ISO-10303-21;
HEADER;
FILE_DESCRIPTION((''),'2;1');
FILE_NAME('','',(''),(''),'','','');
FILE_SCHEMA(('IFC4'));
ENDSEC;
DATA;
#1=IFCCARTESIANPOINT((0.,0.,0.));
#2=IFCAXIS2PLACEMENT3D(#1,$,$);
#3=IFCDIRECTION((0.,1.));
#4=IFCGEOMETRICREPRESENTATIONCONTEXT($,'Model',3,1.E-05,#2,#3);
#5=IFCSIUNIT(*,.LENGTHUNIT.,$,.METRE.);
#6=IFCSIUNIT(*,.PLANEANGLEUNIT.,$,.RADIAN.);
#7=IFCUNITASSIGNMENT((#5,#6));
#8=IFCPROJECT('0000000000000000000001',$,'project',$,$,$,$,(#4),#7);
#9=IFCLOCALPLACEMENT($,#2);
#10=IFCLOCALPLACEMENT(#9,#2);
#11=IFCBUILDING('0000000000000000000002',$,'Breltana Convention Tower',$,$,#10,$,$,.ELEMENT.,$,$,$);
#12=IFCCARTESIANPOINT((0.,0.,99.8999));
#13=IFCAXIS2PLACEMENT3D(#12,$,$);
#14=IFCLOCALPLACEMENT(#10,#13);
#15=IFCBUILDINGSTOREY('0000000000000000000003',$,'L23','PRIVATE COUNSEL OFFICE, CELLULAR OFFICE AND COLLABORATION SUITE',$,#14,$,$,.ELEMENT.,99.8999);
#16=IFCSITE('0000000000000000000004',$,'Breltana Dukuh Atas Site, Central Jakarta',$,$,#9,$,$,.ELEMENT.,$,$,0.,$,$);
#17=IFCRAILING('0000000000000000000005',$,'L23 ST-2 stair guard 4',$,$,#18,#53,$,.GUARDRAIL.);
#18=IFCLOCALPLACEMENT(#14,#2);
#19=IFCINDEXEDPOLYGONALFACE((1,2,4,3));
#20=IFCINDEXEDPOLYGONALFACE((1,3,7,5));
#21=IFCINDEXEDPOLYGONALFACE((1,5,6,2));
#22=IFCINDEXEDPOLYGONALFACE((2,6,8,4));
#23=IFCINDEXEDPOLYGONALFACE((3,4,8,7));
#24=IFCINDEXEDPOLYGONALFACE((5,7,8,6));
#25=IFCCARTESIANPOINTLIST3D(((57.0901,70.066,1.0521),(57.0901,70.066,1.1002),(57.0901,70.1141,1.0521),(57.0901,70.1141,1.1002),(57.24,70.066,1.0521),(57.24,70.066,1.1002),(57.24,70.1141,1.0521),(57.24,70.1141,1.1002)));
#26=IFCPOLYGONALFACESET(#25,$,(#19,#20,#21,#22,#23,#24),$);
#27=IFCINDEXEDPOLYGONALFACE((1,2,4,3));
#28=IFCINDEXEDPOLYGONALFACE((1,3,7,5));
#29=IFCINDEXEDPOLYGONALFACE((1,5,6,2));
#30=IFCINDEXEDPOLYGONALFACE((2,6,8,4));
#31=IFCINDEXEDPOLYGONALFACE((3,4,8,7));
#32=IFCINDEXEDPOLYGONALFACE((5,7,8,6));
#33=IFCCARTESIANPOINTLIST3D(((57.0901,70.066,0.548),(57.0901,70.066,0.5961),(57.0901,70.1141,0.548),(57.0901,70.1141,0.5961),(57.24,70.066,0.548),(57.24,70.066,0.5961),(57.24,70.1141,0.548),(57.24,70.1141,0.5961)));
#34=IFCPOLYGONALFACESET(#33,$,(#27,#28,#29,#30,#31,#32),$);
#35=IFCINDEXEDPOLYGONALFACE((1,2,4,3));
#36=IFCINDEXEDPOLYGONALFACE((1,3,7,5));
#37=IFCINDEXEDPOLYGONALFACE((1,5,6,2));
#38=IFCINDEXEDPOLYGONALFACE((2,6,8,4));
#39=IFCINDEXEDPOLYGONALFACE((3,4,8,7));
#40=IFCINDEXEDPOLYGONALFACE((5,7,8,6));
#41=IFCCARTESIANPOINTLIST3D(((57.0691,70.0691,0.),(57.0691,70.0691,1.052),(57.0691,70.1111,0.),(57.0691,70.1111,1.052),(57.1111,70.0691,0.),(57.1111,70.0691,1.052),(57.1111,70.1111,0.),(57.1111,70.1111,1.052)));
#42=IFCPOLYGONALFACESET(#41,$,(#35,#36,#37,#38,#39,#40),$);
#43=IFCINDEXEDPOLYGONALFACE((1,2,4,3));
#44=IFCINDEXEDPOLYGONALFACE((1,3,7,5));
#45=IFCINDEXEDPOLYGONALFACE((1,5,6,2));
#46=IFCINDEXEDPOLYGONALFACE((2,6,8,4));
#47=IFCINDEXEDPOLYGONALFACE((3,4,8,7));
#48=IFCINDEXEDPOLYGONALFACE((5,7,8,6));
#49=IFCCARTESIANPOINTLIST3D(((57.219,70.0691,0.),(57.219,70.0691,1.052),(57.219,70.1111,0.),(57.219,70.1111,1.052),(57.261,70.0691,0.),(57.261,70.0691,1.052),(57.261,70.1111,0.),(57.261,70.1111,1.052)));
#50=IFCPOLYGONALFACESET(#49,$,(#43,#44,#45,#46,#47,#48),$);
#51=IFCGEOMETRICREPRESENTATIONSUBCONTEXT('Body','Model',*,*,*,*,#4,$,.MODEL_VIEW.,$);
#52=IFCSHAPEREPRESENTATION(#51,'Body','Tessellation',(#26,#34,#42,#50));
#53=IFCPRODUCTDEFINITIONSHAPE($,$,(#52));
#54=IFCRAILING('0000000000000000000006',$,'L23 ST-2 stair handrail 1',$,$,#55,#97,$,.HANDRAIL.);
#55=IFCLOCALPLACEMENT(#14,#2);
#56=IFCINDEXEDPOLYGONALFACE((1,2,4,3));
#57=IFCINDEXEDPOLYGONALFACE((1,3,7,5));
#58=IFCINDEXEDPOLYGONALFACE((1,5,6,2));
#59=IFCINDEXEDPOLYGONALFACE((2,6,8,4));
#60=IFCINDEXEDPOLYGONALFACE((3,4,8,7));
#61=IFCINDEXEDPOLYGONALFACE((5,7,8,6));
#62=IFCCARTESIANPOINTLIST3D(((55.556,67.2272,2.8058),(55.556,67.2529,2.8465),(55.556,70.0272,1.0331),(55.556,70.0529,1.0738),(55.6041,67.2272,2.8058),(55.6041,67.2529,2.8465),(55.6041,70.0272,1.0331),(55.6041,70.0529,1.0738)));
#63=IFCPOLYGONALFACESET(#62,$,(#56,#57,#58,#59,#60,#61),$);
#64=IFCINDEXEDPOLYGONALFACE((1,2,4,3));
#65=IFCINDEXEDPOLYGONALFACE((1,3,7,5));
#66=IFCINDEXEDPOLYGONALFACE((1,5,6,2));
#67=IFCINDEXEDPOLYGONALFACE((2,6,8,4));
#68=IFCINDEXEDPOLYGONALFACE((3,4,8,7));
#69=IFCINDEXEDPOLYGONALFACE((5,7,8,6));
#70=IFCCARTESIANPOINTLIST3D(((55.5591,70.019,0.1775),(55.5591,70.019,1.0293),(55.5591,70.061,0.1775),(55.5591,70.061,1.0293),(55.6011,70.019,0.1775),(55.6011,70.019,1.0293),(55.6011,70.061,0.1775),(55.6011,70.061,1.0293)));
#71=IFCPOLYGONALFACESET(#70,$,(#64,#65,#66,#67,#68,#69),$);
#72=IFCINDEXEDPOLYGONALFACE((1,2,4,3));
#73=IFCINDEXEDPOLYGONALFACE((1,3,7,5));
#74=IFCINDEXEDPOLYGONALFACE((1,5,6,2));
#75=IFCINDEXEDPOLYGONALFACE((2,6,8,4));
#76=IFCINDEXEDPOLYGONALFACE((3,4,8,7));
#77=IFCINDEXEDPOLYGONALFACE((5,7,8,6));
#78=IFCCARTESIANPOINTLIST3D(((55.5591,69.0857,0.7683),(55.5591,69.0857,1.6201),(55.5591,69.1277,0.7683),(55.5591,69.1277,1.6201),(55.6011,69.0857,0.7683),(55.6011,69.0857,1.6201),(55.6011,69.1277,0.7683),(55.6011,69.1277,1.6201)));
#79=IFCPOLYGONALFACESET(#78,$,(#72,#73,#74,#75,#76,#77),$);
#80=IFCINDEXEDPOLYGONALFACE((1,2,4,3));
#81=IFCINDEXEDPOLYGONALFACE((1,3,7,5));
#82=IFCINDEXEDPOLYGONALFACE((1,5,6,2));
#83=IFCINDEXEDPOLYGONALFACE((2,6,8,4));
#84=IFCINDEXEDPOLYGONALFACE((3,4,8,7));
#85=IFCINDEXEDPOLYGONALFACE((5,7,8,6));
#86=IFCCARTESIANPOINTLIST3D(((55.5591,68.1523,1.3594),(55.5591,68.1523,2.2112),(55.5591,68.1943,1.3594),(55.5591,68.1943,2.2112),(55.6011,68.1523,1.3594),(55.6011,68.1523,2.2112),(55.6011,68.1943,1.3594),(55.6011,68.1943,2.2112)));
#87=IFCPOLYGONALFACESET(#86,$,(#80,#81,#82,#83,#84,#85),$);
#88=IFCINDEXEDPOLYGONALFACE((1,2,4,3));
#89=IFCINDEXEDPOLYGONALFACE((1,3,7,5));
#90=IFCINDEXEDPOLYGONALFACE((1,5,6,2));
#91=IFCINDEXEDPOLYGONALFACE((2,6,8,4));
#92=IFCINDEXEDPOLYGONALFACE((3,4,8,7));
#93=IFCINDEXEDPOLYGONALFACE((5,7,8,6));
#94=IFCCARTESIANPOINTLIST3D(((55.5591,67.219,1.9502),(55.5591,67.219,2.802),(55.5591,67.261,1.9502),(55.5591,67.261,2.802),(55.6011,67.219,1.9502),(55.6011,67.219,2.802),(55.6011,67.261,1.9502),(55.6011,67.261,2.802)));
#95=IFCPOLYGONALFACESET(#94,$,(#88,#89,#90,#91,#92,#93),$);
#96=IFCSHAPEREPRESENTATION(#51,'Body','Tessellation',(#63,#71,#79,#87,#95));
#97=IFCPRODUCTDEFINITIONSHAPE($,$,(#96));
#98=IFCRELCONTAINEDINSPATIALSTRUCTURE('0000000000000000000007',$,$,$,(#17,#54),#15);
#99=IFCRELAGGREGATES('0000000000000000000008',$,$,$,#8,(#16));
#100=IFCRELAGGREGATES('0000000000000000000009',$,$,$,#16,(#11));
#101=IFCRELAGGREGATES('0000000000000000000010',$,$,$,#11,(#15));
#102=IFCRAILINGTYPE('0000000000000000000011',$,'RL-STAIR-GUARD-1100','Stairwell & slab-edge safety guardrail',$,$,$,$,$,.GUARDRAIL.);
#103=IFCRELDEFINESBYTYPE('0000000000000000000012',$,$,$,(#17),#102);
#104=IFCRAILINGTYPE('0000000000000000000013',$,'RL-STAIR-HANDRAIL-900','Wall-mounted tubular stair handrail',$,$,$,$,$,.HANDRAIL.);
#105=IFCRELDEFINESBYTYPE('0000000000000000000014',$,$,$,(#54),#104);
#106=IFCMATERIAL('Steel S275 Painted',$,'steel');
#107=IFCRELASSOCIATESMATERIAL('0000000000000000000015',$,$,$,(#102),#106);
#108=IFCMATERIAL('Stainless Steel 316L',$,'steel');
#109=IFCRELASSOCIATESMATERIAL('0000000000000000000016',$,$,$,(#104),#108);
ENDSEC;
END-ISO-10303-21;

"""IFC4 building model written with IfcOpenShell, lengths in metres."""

from ifc_helpers import new_model, si_unit, direction, frame, origin, origin_2d, place, context, subcontext, project, spatial, rectangle, extrude, material, type_object, element, save


model = new_model("IFC4")

# Units and contexts
model_context = context("Model", 3, precision=1e-05, world=origin(), true_north=direction((0.0, 1.0)))
body_context = subcontext(model_context, "Body", "Model", "MODEL_VIEW")
ifc_project = project(units=[si_unit("LENGTHUNIT", "METRE"), si_unit("PLANEANGLEUNIT", "RADIAN")], contexts=[model_context])

# Site, building, storey
site_placement = place(None, origin())
site = spatial("IfcSite", under=ifc_project, at=site_placement, Name="Breltana Dukuh Atas Site, Central Jakarta", CompositionType="ELEMENT", RefElevation=0.0)
building_placement = place(site_placement, origin())
building = spatial("IfcBuilding", under=site, at=building_placement, Name="Breltana Convention Tower", CompositionType="ELEMENT")
storey_placement = place(building_placement, frame((0.0, 0.0, 99.8999)))
storey = spatial("IfcBuildingStorey", under=building, at=storey_placement, Name="L23", Description="PRIVATE COUNSEL OFFICE, CELLULAR OFFICE AND COLLABORATION SUITE", CompositionType="ELEMENT", Elevation=99.8999)

# Railings
ifc_material_1 = material(Name="Steel S275 Painted", Category="steel")
railing_type_1 = type_object("IfcRailingType", Name="RL-STAIR-GUARD-1100", Description="Stairwell & slab-edge safety guardrail", PredefinedType="GUARDRAIL", material=ifc_material_1)
railing_1_placement = place(storey_placement, frame((57.0901, 70.0901, 0.0)))
element("IfcRailing", 1, at=railing_1_placement, inside=storey, type_object=railing_type_1, Name="L23 ST-2 stair guard 4", PredefinedType="GUARDRAIL", context=body_context, shape_type="SweptSolid", body=[
    extrude(rectangle(XDim=0.0481, YDim=0.0481, at=origin_2d()), frame((0.0, 0.0, 1.0762), z_axis=(1.0, 0.0, 0.0), x_axis=(0.0, 1.0, 0.0)), (0.0, 0.0, 1.0), 0.1499),
    extrude(rectangle(XDim=0.0481, YDim=0.0481, at=origin_2d()), frame((0.0, 0.0, 0.572), z_axis=(1.0, 0.0, 0.0), x_axis=(0.0, 1.0, 0.0)), (0.0, 0.0, 1.0), 0.1499),
    extrude(rectangle(XDim=0.042, YDim=0.042, at=origin_2d()), origin(), (0.0, 0.0, 1.0), 1.052),
    extrude(rectangle(XDim=0.042, YDim=0.042, at=origin_2d()), frame((0.1499, 0.0, 0.0)), (0.0, 0.0, 1.0), 1.052),
])
ifc_material_2 = material(Name="Stainless Steel 316L", Category="steel")
railing_type_2 = type_object("IfcRailingType", Name="RL-STAIR-HANDRAIL-900", Description="Wall-mounted tubular stair handrail", PredefinedType="HANDRAIL", material=ifc_material_2)
railing_2_placement = place(storey_placement, frame((55.5801, 70.04, 0.1775)))
element("IfcRailing", 2, at=railing_2_placement, inside=storey, type_object=railing_type_2, Name="L23 ST-2 stair handrail 1", PredefinedType="HANDRAIL", context=body_context, shape_type="SweptSolid", body=[
    extrude(rectangle(XDim=0.0481, YDim=0.0481, at=origin_2d()), frame((0.0, 0.0, 0.876), z_axis=(0.0, -0.844909, 0.53491), x_axis=(1.0, 0.0, 0.0)), (0.0, 0.0, 1.0), 3.314),
    extrude(rectangle(XDim=0.042, YDim=0.042, at=origin_2d()), origin(), (0.0, 0.0, 1.0), 0.8518),
    extrude(rectangle(XDim=0.042, YDim=0.042, at=origin_2d()), frame((0.0, -0.9333, 0.5908)), (0.0, 0.0, 1.0), 0.8518),
    extrude(rectangle(XDim=0.042, YDim=0.042, at=origin_2d()), frame((0.0, -1.8667, 1.1819)), (0.0, 0.0, 1.0), 0.8518),
    extrude(rectangle(XDim=0.042, YDim=0.042, at=origin_2d()), frame((0.0, -2.8, 1.7727)), (0.0, 0.0, 1.0), 0.8518),
])

save(model, "model.ifc")
